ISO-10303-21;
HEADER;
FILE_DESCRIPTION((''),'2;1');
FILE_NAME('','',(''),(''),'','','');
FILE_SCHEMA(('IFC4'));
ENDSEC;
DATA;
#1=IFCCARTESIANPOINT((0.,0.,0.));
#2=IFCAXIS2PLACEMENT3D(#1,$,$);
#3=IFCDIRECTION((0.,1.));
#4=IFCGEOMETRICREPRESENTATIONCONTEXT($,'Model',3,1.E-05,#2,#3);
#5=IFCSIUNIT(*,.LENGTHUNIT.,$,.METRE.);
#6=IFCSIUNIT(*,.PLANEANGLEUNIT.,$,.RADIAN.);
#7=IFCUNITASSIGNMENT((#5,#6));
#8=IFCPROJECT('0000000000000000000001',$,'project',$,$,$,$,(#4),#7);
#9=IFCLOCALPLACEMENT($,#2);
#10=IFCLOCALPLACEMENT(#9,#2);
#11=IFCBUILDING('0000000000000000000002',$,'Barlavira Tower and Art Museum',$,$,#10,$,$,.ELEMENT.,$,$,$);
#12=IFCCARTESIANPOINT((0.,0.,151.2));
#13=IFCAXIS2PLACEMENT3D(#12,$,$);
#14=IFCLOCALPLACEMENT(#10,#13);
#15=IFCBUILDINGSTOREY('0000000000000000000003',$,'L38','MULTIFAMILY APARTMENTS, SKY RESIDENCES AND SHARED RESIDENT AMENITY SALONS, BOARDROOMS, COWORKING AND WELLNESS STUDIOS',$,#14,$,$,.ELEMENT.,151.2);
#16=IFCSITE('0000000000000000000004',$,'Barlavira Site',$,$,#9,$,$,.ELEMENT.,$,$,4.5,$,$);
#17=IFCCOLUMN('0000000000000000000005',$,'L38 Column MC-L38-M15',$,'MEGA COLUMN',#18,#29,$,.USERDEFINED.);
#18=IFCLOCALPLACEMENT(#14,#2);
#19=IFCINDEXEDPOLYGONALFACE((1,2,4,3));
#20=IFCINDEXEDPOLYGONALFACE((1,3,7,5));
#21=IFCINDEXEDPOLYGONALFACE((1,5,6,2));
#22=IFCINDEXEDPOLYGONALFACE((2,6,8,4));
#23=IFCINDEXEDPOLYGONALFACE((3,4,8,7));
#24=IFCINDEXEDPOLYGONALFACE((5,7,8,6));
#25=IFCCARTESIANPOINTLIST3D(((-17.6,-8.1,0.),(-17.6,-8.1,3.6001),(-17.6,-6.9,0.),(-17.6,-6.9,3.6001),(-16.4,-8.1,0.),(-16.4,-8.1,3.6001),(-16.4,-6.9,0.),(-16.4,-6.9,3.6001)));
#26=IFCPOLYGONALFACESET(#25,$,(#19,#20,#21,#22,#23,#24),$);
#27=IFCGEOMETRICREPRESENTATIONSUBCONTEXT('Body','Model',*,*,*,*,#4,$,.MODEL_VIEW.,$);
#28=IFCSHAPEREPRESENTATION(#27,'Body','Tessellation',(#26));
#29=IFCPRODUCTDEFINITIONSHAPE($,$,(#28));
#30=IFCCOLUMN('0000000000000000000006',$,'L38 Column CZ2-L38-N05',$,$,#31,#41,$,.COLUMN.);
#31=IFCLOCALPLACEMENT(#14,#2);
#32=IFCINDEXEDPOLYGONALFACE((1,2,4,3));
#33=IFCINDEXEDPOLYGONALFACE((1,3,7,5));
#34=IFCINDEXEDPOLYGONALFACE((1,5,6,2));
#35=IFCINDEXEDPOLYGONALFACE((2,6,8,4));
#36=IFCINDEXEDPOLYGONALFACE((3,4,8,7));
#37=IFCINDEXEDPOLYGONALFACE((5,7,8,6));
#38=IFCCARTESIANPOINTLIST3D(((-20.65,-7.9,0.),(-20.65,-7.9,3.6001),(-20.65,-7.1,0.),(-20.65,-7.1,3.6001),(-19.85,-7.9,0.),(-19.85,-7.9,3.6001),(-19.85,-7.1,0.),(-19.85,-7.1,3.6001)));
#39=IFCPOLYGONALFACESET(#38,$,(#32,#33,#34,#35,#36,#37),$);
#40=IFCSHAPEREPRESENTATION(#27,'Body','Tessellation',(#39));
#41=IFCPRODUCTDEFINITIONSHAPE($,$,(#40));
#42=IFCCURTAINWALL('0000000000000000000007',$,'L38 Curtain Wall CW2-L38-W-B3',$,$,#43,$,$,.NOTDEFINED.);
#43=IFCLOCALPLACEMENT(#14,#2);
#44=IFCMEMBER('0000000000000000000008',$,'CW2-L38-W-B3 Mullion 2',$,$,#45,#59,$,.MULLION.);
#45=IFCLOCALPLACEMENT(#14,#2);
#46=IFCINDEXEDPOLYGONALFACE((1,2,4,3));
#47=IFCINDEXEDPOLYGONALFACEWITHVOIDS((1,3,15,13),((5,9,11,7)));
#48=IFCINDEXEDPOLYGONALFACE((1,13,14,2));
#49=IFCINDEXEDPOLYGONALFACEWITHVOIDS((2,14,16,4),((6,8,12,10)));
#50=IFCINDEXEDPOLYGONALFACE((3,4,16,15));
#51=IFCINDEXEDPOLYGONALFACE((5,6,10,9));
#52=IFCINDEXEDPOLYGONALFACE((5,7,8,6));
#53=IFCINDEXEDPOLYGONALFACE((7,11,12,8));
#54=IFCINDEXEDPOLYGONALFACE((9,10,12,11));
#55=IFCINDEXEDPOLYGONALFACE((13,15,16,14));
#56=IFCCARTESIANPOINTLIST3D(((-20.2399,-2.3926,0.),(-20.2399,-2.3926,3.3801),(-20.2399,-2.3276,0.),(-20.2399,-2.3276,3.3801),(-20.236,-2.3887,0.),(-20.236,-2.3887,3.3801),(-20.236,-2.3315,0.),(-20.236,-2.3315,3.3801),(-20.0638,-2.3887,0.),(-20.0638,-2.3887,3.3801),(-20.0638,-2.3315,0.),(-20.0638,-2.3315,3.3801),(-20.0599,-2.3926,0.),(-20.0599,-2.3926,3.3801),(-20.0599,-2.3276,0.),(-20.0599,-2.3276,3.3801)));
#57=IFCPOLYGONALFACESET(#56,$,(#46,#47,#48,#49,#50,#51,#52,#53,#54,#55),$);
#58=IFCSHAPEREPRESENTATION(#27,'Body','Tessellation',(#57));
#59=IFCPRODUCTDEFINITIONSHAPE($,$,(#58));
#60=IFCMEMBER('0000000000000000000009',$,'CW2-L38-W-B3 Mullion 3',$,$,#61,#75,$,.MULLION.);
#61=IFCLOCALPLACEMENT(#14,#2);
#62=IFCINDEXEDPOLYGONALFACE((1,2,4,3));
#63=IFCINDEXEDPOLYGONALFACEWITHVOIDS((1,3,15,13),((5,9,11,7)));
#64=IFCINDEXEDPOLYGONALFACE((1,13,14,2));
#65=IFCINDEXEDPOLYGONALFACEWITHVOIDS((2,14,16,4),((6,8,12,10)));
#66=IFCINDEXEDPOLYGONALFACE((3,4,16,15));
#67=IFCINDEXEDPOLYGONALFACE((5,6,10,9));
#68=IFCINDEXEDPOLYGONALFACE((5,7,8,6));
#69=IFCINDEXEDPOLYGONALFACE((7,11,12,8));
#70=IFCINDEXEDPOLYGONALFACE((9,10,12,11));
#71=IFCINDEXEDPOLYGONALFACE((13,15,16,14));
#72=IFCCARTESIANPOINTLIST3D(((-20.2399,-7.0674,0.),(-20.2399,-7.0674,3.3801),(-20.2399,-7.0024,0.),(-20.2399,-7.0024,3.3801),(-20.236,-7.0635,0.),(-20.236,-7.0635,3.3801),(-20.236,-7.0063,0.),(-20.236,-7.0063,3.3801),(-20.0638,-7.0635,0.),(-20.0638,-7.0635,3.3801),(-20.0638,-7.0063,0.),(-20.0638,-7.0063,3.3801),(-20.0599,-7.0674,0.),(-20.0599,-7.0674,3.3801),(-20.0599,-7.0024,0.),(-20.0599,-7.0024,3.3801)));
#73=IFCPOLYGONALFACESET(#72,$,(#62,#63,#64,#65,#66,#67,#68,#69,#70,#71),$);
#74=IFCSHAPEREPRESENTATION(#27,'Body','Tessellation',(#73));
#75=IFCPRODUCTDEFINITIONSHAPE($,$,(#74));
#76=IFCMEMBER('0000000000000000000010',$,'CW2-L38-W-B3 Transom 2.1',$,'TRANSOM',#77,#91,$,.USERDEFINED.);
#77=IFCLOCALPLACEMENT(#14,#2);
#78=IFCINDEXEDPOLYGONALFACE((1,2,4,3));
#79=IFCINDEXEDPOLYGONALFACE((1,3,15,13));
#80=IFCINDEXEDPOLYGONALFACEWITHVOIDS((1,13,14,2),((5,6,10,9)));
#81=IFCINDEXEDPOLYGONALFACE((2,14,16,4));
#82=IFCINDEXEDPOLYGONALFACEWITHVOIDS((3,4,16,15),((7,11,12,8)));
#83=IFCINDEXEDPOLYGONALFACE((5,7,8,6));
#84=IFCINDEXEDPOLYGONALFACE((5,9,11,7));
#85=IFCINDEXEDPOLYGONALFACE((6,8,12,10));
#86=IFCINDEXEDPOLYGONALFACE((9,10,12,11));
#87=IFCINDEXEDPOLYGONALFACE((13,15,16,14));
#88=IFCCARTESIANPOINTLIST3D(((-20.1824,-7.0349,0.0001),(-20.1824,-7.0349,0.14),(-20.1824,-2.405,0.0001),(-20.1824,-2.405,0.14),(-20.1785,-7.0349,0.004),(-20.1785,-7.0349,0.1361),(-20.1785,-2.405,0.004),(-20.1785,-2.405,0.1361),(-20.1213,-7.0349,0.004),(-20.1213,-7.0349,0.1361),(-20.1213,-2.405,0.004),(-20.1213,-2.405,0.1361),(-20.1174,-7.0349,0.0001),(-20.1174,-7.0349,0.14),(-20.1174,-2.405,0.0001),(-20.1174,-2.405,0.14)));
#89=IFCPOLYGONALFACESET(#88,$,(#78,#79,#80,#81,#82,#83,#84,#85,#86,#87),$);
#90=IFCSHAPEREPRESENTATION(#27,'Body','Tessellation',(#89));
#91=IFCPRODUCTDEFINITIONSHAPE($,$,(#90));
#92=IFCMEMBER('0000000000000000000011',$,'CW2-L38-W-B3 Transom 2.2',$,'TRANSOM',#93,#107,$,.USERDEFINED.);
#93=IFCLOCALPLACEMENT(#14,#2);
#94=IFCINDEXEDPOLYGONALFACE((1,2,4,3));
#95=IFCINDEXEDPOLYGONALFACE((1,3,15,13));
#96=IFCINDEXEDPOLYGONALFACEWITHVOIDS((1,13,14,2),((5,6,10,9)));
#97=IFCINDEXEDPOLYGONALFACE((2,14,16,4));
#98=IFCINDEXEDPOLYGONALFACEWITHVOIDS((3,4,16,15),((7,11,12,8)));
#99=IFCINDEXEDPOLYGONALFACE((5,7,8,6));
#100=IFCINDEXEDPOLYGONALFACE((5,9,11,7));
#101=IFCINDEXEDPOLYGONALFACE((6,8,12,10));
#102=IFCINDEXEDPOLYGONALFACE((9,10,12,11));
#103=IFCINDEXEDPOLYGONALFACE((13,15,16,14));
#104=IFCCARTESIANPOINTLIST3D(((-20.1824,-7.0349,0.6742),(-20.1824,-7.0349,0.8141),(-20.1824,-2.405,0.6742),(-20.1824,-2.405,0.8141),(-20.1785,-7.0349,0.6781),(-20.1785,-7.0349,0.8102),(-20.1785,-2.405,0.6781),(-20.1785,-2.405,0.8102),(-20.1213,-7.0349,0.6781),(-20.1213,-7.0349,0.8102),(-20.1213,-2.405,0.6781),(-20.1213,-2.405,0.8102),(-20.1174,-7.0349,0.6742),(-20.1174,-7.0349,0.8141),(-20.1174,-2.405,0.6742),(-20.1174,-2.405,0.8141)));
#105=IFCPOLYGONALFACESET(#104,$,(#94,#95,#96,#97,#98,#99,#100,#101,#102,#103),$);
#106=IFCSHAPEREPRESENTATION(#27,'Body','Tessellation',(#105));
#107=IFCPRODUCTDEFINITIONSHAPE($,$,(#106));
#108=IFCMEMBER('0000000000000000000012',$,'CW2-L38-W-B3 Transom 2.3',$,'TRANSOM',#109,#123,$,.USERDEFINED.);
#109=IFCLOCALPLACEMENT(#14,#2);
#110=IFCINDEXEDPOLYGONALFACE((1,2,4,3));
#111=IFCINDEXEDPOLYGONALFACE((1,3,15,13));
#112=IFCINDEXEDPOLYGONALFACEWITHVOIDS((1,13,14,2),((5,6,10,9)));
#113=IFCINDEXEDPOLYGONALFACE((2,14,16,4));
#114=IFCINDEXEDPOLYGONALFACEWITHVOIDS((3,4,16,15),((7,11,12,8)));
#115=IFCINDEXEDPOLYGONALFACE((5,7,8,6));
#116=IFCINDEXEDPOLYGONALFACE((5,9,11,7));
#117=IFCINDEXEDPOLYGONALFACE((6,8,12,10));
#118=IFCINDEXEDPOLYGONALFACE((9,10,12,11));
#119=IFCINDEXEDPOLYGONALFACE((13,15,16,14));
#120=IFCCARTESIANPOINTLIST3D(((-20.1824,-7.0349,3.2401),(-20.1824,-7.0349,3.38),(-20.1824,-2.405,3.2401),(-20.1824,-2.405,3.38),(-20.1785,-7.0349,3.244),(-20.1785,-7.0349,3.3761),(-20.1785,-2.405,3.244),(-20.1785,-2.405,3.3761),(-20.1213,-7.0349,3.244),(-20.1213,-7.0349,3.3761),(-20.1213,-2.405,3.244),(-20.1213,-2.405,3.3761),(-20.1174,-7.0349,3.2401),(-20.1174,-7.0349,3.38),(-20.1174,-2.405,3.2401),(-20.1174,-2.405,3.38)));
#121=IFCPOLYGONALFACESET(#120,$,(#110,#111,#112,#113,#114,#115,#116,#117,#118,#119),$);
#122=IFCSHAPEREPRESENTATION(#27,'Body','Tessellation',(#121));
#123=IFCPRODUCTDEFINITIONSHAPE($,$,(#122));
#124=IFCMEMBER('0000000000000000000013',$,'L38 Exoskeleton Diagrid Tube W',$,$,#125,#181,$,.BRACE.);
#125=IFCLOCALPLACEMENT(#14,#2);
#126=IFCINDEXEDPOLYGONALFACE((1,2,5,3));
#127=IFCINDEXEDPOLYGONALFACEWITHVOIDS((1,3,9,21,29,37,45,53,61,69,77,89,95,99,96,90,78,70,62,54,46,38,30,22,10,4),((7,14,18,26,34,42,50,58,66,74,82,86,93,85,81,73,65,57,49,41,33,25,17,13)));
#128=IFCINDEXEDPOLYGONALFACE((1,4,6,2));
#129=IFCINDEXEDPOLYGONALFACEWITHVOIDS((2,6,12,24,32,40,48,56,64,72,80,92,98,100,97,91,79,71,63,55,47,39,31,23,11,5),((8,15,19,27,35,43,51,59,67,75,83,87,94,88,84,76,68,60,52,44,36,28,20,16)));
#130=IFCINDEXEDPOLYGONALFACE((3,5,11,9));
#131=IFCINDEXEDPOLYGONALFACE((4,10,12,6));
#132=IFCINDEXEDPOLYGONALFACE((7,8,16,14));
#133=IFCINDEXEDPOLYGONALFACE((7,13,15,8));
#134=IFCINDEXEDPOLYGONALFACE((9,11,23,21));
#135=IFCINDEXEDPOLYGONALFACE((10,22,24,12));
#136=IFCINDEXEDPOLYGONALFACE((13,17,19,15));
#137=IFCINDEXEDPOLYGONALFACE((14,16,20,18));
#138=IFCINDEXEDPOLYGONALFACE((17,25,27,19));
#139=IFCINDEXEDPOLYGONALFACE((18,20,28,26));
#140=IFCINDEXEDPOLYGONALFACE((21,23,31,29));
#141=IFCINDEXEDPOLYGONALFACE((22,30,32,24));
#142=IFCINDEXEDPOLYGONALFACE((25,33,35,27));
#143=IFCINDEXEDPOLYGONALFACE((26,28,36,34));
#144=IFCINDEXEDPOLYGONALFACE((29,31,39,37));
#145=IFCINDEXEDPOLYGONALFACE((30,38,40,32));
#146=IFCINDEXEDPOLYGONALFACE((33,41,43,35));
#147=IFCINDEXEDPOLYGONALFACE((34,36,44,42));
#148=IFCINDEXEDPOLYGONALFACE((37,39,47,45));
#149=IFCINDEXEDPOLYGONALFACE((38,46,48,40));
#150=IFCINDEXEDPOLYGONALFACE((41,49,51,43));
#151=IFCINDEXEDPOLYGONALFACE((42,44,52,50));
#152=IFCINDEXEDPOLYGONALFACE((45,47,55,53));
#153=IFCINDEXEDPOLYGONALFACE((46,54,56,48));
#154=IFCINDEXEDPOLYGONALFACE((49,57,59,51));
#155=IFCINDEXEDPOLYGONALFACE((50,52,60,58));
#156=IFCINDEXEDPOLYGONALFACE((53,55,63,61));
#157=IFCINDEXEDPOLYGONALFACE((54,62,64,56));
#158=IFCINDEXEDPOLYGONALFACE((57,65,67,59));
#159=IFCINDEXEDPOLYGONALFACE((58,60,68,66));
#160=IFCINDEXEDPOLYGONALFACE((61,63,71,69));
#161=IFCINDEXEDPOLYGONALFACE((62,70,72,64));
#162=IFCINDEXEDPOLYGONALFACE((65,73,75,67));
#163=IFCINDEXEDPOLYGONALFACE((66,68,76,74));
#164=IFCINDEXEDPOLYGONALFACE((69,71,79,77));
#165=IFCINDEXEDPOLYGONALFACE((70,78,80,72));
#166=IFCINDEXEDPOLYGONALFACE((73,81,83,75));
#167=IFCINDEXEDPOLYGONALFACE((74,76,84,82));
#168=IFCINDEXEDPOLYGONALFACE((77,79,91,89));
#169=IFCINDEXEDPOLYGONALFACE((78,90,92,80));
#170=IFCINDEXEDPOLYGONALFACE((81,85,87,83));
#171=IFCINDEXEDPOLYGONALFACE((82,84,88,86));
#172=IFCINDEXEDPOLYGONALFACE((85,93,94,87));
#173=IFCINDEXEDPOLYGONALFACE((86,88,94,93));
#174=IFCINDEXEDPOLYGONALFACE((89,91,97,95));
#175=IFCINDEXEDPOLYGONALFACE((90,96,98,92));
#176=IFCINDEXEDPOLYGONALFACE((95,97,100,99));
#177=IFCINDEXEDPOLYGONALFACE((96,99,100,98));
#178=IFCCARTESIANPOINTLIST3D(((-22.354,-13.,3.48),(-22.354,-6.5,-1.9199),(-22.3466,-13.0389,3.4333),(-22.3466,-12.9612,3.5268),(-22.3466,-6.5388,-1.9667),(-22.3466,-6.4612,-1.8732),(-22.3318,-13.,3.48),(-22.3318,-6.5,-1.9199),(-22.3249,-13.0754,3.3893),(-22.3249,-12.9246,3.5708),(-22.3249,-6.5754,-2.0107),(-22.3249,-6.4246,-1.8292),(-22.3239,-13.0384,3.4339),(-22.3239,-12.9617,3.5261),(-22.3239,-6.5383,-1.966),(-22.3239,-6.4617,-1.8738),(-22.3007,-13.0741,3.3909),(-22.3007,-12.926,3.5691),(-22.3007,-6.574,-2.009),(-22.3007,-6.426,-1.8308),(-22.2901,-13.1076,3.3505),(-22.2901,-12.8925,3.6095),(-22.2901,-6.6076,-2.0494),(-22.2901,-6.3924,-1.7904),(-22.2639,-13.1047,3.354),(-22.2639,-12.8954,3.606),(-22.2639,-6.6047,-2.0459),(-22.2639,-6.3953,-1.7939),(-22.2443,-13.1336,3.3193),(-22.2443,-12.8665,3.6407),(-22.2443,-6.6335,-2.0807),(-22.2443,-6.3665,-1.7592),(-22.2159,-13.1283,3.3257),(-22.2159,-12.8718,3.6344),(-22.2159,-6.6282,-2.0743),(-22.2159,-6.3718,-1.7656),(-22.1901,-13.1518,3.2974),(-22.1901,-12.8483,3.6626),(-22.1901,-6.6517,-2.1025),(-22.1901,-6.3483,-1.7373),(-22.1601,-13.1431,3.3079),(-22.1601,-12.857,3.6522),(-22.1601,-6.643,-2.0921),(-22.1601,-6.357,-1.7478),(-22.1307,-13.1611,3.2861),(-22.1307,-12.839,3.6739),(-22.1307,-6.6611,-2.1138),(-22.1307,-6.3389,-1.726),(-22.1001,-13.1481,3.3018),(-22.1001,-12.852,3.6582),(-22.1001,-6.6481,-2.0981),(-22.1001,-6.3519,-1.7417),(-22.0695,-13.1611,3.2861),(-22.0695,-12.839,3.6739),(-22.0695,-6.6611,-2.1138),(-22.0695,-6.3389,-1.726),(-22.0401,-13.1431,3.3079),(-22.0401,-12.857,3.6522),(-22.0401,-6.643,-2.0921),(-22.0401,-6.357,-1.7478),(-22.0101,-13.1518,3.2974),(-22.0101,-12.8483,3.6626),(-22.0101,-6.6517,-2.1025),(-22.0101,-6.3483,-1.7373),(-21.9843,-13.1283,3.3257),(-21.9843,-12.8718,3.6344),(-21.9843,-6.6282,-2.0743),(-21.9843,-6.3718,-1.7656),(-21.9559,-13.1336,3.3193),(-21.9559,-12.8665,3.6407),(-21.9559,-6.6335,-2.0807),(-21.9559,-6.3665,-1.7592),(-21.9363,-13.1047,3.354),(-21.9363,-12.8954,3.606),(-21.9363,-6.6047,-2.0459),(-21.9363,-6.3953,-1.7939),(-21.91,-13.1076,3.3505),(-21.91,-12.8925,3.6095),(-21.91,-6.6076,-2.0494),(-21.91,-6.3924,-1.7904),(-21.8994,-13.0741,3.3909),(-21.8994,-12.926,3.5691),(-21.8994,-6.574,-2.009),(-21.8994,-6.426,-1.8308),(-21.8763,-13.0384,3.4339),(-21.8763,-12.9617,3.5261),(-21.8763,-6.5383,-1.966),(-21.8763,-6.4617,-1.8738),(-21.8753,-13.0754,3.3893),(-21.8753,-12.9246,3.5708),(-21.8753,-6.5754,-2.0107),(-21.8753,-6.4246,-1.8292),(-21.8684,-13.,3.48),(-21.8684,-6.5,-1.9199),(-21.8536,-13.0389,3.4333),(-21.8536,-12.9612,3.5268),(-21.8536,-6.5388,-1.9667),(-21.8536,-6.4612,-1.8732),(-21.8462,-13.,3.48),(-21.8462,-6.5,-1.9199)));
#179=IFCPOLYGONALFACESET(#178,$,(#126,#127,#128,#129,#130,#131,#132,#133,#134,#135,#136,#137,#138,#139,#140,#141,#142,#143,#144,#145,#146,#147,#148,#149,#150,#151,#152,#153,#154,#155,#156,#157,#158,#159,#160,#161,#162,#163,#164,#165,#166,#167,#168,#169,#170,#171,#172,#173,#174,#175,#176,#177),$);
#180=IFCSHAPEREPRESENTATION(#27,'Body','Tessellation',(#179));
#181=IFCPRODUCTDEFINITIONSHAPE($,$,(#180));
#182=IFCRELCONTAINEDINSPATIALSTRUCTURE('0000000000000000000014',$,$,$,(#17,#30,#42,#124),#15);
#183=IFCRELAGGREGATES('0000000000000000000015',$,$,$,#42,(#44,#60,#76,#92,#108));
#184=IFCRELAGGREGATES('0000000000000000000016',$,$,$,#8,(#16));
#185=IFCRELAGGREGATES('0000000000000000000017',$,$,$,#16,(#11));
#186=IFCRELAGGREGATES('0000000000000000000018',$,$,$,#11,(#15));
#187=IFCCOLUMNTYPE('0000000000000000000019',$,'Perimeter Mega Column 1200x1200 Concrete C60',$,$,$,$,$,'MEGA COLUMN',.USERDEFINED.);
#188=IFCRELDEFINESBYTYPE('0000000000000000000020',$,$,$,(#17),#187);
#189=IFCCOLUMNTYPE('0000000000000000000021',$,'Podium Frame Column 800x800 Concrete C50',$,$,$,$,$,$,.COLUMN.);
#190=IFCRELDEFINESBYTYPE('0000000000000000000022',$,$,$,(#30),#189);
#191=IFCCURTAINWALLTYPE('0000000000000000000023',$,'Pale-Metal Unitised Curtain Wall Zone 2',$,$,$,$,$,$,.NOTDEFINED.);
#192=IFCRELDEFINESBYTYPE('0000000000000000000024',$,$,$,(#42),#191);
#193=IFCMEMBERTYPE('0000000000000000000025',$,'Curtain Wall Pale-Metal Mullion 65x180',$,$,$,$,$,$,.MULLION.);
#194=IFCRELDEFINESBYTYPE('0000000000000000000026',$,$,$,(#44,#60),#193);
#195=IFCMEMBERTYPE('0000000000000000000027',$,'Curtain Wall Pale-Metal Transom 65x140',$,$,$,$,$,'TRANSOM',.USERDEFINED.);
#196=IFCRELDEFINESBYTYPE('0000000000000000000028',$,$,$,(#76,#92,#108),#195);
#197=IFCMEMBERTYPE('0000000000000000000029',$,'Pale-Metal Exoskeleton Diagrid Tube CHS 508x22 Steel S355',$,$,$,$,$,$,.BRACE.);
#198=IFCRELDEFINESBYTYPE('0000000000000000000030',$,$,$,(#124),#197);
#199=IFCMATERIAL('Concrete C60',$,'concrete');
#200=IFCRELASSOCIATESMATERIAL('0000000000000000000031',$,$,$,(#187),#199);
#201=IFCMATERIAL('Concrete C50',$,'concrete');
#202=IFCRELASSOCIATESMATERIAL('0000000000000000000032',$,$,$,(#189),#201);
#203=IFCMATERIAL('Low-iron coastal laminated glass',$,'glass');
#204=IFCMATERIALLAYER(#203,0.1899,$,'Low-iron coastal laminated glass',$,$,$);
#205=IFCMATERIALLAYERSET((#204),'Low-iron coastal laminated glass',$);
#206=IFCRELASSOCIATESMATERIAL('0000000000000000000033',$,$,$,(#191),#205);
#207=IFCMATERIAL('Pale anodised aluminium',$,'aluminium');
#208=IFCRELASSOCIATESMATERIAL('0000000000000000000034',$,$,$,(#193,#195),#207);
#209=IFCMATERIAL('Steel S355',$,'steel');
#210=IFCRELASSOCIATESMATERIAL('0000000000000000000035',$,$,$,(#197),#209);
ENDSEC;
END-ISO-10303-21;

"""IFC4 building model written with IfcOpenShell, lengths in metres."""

from ifc_helpers import new_model, si_unit, direction, frame, origin, origin_2d, place, context, subcontext, project, spatial, rectangle, hollow_rectangle, hollow_circle, extrude, material, layer, layer_set, material_profile, profile_set, type_object, element, aggregate, save


model = new_model("IFC4")

# Units and contexts
model_context = context("Model", 3, precision=1e-05, world=origin(), true_north=direction((0.0, 1.0)))
body_context = subcontext(model_context, "Body", "Model", "MODEL_VIEW")
ifc_project = project(units=[si_unit("LENGTHUNIT", "METRE"), si_unit("PLANEANGLEUNIT", "RADIAN")], contexts=[model_context])

# Site, building, storey
site_placement = place(None, origin())
site = spatial("IfcSite", under=ifc_project, at=site_placement, Name="Barlavira Site", CompositionType="ELEMENT", RefElevation=4.5)
building_placement = place(site_placement, origin())
building = spatial("IfcBuilding", under=site, at=building_placement, Name="Barlavira Tower and Art Museum", CompositionType="ELEMENT")
storey_placement = place(building_placement, frame((0.0, 0.0, 151.2)))
storey = spatial("IfcBuildingStorey", under=building, at=storey_placement, Name="L38", Description="MULTIFAMILY APARTMENTS, SKY RESIDENCES AND SHARED RESIDENT AMENITY SALONS, BOARDROOMS, COWORKING AND WELLNESS STUDIOS", CompositionType="ELEMENT", Elevation=151.2)

# Columns
ifc_material_1 = material(Name="Concrete C60", Category="concrete")
ifc_material_profile_1 = material_profile(ifc_material_1, rectangle(XDim=1.2, YDim=1.2, at=origin_2d()), Name="RC-COL 1200x1200")
ifc_profile_set_1 = profile_set([ifc_material_profile_1], Name="Concrete C60")
column_type_1 = type_object("IfcColumnType", Name="Perimeter Mega Column 1200x1200 Concrete C60", ElementType="MEGA COLUMN", PredefinedType="USERDEFINED", material=ifc_profile_set_1)
column_1_placement = place(storey_placement, frame((-17.0, -7.5, 0.0), z_axis=(0.0, 0.0, 1.0), x_axis=(1.0, 0.0, 0.0)))
element("IfcColumn", 1, at=column_1_placement, inside=storey, type_object=column_type_1, Name="L38 Column MC-L38-M15", ObjectType="MEGA COLUMN", PredefinedType="USERDEFINED", context=body_context, shape_type="SweptSolid", body=[
    extrude(rectangle(XDim=1.2, YDim=1.2, at=origin_2d()), origin(), (0.0, 0.0, 1.0), 3.6001),
])
ifc_material_2 = material(Name="Concrete C50", Category="concrete")
ifc_material_profile_2 = material_profile(ifc_material_2, rectangle(XDim=0.8, YDim=0.8, at=origin_2d()), Name="RC-COL 800x800")
ifc_profile_set_2 = profile_set([ifc_material_profile_2], Name="Concrete C50")
column_type_2 = type_object("IfcColumnType", Name="Podium Frame Column 800x800 Concrete C50", PredefinedType="COLUMN", material=ifc_profile_set_2)
column_2_placement = place(storey_placement, frame((-20.25, -7.5, 0.0), z_axis=(0.0, 0.0, 1.0), x_axis=(1.0, 0.0, 0.0)))
element("IfcColumn", 2, at=column_2_placement, inside=storey, type_object=column_type_2, Name="L38 Column CZ2-L38-N05", PredefinedType="COLUMN", context=body_context, shape_type="SweptSolid", body=[
    extrude(rectangle(XDim=0.8, YDim=0.8, at=origin_2d()), origin(), (0.0, 0.0, 1.0), 3.6001),
])

# Curtain wall, members
ifc_material_3 = material(Name="Low-iron coastal laminated glass", Category="glass")
ifc_layer_1 = layer(ifc_material_3, 0.1899, Name="Low-iron coastal laminated glass")
ifc_layer_set_1 = layer_set([ifc_layer_1], Name="Low-iron coastal laminated glass")
curtain_wall_type = type_object("IfcCurtainWallType", Name="Pale-Metal Unitised Curtain Wall Zone 2", PredefinedType="NOTDEFINED", material=ifc_layer_set_1)
curtain_wall_placement = place(storey_placement, origin())
curtain_wall = element("IfcCurtainWall", 3, at=curtain_wall_placement, inside=storey, type_object=curtain_wall_type, Name="L38 Curtain Wall CW2-L38-W-B3", PredefinedType="NOTDEFINED")
ifc_material_4 = material(Name="Pale anodised aluminium", Category="aluminium")
ifc_material_profile_3 = material_profile(ifc_material_4, hollow_rectangle(XDim=0.0649, YDim=0.1799, WallThickness=0.0039, at=origin_2d()), Name="ALU-MULL 65x180x4")
ifc_profile_set_3 = profile_set([ifc_material_profile_3], Name="Pale anodised aluminium")
member_type_1 = type_object("IfcMemberType", Name="Curtain Wall Pale-Metal Mullion 65x180", PredefinedType="MULLION", material=ifc_profile_set_3)
member_1_placement = place(storey_placement, frame((-20.1499, -2.3601, 0.0), z_axis=(0.0, 0.0, 1.0), x_axis=(0.0, -1.0, 0.0)))
member_1 = element("IfcMember", 4, at=member_1_placement, type_object=member_type_1, Name="CW2-L38-W-B3 Mullion 2", PredefinedType="MULLION", context=body_context, shape_type="SweptSolid", body=[
    extrude(hollow_rectangle(XDim=0.0649, YDim=0.1799, WallThickness=0.0039, at=origin_2d()), origin(), (0.0, 0.0, 1.0), 3.3801),
])
member_2_placement = place(storey_placement, frame((-20.1499, -7.0349, 0.0), z_axis=(0.0, 0.0, 1.0), x_axis=(0.0, -1.0, 0.0)))
member_2 = element("IfcMember", 5, at=member_2_placement, type_object=member_type_1, Name="CW2-L38-W-B3 Mullion 3", PredefinedType="MULLION", context=body_context, shape_type="SweptSolid", body=[
    extrude(hollow_rectangle(XDim=0.0649, YDim=0.1799, WallThickness=0.0039, at=origin_2d()), origin(), (0.0, 0.0, 1.0), 3.3801),
])
ifc_material_profile_4 = material_profile(ifc_material_4, hollow_rectangle(XDim=0.0649, YDim=0.1399, WallThickness=0.0039, at=origin_2d()), Name="ALU-TRAN 65x140x4")
ifc_profile_set_4 = profile_set([ifc_material_profile_4], Name="Pale anodised aluminium")
member_type_2 = type_object("IfcMemberType", Name="Curtain Wall Pale-Metal Transom 65x140", ElementType="TRANSOM", PredefinedType="USERDEFINED", material=ifc_profile_set_4)
member_3_placement = place(storey_placement, frame((-20.1499, -2.405, 0.0701), z_axis=(0.0, -1.0, 0.0), x_axis=(1.0, 0.0, 0.0)))
member_3 = element("IfcMember", 6, at=member_3_placement, type_object=member_type_2, Name="CW2-L38-W-B3 Transom 2.1", ObjectType="TRANSOM", PredefinedType="USERDEFINED", context=body_context, shape_type="SweptSolid", body=[
    extrude(hollow_rectangle(XDim=0.0649, YDim=0.1399, WallThickness=0.0039, at=origin_2d()), origin(), (0.0, 0.0, 1.0), 4.6299),
])
member_4_placement = place(storey_placement, frame((-20.1499, -2.405, 0.7441), z_axis=(0.0, -1.0, 0.0), x_axis=(1.0, 0.0, 0.0)))
member_4 = element("IfcMember", 7, at=member_4_placement, type_object=member_type_2, Name="CW2-L38-W-B3 Transom 2.2", ObjectType="TRANSOM", PredefinedType="USERDEFINED", context=body_context, shape_type="SweptSolid", body=[
    extrude(hollow_rectangle(XDim=0.0649, YDim=0.1399, WallThickness=0.0039, at=origin_2d()), origin(), (0.0, 0.0, 1.0), 4.6299),
])
member_5_placement = place(storey_placement, frame((-20.1499, -2.405, 3.3101), z_axis=(0.0, -1.0, 0.0), x_axis=(1.0, 0.0, 0.0)))
member_5 = element("IfcMember", 8, at=member_5_placement, type_object=member_type_2, Name="CW2-L38-W-B3 Transom 2.3", ObjectType="TRANSOM", PredefinedType="USERDEFINED", context=body_context, shape_type="SweptSolid", body=[
    extrude(hollow_rectangle(XDim=0.0649, YDim=0.1399, WallThickness=0.0039, at=origin_2d()), origin(), (0.0, 0.0, 1.0), 4.6299),
])

# Member
ifc_material_5 = material(Name="Steel S355", Category="steel")
ifc_material_profile_5 = material_profile(ifc_material_5, hollow_circle(Radius=0.2539, WallThickness=0.0222, at=origin_2d()), Name="CHS 508.0x22.2")
ifc_profile_set_5 = profile_set([ifc_material_profile_5], Name="Steel S355")
member_type_3 = type_object("IfcMemberType", Name="Pale-Metal Exoskeleton Diagrid Tube CHS 508x22 Steel S355", PredefinedType="BRACE", material=ifc_profile_set_5)
for number, where, z_axis, x_axis, name in (
    (9, (-22.1001, -6.5, -1.9199), (0.0, -0.769196, 0.639013), (1.0, 0.0, 0.0), "L38 Exoskeleton Diagrid Tube W"),
):
    element("IfcMember", number, at=place(storey_placement, frame(where, z_axis=z_axis, x_axis=x_axis)), inside=storey, type_object=member_type_3, Name=name, PredefinedType="BRACE", context=body_context, shape_type="SweptSolid", body=[
        extrude(hollow_circle(Radius=0.2539, WallThickness=0.0222, at=origin_2d()), origin(), (0.0, 0.0, 1.0), 8.4504),
    ])

aggregate(curtain_wall, [member_1, member_2, member_3, member_4, member_5])

save(model, "model.ifc")
